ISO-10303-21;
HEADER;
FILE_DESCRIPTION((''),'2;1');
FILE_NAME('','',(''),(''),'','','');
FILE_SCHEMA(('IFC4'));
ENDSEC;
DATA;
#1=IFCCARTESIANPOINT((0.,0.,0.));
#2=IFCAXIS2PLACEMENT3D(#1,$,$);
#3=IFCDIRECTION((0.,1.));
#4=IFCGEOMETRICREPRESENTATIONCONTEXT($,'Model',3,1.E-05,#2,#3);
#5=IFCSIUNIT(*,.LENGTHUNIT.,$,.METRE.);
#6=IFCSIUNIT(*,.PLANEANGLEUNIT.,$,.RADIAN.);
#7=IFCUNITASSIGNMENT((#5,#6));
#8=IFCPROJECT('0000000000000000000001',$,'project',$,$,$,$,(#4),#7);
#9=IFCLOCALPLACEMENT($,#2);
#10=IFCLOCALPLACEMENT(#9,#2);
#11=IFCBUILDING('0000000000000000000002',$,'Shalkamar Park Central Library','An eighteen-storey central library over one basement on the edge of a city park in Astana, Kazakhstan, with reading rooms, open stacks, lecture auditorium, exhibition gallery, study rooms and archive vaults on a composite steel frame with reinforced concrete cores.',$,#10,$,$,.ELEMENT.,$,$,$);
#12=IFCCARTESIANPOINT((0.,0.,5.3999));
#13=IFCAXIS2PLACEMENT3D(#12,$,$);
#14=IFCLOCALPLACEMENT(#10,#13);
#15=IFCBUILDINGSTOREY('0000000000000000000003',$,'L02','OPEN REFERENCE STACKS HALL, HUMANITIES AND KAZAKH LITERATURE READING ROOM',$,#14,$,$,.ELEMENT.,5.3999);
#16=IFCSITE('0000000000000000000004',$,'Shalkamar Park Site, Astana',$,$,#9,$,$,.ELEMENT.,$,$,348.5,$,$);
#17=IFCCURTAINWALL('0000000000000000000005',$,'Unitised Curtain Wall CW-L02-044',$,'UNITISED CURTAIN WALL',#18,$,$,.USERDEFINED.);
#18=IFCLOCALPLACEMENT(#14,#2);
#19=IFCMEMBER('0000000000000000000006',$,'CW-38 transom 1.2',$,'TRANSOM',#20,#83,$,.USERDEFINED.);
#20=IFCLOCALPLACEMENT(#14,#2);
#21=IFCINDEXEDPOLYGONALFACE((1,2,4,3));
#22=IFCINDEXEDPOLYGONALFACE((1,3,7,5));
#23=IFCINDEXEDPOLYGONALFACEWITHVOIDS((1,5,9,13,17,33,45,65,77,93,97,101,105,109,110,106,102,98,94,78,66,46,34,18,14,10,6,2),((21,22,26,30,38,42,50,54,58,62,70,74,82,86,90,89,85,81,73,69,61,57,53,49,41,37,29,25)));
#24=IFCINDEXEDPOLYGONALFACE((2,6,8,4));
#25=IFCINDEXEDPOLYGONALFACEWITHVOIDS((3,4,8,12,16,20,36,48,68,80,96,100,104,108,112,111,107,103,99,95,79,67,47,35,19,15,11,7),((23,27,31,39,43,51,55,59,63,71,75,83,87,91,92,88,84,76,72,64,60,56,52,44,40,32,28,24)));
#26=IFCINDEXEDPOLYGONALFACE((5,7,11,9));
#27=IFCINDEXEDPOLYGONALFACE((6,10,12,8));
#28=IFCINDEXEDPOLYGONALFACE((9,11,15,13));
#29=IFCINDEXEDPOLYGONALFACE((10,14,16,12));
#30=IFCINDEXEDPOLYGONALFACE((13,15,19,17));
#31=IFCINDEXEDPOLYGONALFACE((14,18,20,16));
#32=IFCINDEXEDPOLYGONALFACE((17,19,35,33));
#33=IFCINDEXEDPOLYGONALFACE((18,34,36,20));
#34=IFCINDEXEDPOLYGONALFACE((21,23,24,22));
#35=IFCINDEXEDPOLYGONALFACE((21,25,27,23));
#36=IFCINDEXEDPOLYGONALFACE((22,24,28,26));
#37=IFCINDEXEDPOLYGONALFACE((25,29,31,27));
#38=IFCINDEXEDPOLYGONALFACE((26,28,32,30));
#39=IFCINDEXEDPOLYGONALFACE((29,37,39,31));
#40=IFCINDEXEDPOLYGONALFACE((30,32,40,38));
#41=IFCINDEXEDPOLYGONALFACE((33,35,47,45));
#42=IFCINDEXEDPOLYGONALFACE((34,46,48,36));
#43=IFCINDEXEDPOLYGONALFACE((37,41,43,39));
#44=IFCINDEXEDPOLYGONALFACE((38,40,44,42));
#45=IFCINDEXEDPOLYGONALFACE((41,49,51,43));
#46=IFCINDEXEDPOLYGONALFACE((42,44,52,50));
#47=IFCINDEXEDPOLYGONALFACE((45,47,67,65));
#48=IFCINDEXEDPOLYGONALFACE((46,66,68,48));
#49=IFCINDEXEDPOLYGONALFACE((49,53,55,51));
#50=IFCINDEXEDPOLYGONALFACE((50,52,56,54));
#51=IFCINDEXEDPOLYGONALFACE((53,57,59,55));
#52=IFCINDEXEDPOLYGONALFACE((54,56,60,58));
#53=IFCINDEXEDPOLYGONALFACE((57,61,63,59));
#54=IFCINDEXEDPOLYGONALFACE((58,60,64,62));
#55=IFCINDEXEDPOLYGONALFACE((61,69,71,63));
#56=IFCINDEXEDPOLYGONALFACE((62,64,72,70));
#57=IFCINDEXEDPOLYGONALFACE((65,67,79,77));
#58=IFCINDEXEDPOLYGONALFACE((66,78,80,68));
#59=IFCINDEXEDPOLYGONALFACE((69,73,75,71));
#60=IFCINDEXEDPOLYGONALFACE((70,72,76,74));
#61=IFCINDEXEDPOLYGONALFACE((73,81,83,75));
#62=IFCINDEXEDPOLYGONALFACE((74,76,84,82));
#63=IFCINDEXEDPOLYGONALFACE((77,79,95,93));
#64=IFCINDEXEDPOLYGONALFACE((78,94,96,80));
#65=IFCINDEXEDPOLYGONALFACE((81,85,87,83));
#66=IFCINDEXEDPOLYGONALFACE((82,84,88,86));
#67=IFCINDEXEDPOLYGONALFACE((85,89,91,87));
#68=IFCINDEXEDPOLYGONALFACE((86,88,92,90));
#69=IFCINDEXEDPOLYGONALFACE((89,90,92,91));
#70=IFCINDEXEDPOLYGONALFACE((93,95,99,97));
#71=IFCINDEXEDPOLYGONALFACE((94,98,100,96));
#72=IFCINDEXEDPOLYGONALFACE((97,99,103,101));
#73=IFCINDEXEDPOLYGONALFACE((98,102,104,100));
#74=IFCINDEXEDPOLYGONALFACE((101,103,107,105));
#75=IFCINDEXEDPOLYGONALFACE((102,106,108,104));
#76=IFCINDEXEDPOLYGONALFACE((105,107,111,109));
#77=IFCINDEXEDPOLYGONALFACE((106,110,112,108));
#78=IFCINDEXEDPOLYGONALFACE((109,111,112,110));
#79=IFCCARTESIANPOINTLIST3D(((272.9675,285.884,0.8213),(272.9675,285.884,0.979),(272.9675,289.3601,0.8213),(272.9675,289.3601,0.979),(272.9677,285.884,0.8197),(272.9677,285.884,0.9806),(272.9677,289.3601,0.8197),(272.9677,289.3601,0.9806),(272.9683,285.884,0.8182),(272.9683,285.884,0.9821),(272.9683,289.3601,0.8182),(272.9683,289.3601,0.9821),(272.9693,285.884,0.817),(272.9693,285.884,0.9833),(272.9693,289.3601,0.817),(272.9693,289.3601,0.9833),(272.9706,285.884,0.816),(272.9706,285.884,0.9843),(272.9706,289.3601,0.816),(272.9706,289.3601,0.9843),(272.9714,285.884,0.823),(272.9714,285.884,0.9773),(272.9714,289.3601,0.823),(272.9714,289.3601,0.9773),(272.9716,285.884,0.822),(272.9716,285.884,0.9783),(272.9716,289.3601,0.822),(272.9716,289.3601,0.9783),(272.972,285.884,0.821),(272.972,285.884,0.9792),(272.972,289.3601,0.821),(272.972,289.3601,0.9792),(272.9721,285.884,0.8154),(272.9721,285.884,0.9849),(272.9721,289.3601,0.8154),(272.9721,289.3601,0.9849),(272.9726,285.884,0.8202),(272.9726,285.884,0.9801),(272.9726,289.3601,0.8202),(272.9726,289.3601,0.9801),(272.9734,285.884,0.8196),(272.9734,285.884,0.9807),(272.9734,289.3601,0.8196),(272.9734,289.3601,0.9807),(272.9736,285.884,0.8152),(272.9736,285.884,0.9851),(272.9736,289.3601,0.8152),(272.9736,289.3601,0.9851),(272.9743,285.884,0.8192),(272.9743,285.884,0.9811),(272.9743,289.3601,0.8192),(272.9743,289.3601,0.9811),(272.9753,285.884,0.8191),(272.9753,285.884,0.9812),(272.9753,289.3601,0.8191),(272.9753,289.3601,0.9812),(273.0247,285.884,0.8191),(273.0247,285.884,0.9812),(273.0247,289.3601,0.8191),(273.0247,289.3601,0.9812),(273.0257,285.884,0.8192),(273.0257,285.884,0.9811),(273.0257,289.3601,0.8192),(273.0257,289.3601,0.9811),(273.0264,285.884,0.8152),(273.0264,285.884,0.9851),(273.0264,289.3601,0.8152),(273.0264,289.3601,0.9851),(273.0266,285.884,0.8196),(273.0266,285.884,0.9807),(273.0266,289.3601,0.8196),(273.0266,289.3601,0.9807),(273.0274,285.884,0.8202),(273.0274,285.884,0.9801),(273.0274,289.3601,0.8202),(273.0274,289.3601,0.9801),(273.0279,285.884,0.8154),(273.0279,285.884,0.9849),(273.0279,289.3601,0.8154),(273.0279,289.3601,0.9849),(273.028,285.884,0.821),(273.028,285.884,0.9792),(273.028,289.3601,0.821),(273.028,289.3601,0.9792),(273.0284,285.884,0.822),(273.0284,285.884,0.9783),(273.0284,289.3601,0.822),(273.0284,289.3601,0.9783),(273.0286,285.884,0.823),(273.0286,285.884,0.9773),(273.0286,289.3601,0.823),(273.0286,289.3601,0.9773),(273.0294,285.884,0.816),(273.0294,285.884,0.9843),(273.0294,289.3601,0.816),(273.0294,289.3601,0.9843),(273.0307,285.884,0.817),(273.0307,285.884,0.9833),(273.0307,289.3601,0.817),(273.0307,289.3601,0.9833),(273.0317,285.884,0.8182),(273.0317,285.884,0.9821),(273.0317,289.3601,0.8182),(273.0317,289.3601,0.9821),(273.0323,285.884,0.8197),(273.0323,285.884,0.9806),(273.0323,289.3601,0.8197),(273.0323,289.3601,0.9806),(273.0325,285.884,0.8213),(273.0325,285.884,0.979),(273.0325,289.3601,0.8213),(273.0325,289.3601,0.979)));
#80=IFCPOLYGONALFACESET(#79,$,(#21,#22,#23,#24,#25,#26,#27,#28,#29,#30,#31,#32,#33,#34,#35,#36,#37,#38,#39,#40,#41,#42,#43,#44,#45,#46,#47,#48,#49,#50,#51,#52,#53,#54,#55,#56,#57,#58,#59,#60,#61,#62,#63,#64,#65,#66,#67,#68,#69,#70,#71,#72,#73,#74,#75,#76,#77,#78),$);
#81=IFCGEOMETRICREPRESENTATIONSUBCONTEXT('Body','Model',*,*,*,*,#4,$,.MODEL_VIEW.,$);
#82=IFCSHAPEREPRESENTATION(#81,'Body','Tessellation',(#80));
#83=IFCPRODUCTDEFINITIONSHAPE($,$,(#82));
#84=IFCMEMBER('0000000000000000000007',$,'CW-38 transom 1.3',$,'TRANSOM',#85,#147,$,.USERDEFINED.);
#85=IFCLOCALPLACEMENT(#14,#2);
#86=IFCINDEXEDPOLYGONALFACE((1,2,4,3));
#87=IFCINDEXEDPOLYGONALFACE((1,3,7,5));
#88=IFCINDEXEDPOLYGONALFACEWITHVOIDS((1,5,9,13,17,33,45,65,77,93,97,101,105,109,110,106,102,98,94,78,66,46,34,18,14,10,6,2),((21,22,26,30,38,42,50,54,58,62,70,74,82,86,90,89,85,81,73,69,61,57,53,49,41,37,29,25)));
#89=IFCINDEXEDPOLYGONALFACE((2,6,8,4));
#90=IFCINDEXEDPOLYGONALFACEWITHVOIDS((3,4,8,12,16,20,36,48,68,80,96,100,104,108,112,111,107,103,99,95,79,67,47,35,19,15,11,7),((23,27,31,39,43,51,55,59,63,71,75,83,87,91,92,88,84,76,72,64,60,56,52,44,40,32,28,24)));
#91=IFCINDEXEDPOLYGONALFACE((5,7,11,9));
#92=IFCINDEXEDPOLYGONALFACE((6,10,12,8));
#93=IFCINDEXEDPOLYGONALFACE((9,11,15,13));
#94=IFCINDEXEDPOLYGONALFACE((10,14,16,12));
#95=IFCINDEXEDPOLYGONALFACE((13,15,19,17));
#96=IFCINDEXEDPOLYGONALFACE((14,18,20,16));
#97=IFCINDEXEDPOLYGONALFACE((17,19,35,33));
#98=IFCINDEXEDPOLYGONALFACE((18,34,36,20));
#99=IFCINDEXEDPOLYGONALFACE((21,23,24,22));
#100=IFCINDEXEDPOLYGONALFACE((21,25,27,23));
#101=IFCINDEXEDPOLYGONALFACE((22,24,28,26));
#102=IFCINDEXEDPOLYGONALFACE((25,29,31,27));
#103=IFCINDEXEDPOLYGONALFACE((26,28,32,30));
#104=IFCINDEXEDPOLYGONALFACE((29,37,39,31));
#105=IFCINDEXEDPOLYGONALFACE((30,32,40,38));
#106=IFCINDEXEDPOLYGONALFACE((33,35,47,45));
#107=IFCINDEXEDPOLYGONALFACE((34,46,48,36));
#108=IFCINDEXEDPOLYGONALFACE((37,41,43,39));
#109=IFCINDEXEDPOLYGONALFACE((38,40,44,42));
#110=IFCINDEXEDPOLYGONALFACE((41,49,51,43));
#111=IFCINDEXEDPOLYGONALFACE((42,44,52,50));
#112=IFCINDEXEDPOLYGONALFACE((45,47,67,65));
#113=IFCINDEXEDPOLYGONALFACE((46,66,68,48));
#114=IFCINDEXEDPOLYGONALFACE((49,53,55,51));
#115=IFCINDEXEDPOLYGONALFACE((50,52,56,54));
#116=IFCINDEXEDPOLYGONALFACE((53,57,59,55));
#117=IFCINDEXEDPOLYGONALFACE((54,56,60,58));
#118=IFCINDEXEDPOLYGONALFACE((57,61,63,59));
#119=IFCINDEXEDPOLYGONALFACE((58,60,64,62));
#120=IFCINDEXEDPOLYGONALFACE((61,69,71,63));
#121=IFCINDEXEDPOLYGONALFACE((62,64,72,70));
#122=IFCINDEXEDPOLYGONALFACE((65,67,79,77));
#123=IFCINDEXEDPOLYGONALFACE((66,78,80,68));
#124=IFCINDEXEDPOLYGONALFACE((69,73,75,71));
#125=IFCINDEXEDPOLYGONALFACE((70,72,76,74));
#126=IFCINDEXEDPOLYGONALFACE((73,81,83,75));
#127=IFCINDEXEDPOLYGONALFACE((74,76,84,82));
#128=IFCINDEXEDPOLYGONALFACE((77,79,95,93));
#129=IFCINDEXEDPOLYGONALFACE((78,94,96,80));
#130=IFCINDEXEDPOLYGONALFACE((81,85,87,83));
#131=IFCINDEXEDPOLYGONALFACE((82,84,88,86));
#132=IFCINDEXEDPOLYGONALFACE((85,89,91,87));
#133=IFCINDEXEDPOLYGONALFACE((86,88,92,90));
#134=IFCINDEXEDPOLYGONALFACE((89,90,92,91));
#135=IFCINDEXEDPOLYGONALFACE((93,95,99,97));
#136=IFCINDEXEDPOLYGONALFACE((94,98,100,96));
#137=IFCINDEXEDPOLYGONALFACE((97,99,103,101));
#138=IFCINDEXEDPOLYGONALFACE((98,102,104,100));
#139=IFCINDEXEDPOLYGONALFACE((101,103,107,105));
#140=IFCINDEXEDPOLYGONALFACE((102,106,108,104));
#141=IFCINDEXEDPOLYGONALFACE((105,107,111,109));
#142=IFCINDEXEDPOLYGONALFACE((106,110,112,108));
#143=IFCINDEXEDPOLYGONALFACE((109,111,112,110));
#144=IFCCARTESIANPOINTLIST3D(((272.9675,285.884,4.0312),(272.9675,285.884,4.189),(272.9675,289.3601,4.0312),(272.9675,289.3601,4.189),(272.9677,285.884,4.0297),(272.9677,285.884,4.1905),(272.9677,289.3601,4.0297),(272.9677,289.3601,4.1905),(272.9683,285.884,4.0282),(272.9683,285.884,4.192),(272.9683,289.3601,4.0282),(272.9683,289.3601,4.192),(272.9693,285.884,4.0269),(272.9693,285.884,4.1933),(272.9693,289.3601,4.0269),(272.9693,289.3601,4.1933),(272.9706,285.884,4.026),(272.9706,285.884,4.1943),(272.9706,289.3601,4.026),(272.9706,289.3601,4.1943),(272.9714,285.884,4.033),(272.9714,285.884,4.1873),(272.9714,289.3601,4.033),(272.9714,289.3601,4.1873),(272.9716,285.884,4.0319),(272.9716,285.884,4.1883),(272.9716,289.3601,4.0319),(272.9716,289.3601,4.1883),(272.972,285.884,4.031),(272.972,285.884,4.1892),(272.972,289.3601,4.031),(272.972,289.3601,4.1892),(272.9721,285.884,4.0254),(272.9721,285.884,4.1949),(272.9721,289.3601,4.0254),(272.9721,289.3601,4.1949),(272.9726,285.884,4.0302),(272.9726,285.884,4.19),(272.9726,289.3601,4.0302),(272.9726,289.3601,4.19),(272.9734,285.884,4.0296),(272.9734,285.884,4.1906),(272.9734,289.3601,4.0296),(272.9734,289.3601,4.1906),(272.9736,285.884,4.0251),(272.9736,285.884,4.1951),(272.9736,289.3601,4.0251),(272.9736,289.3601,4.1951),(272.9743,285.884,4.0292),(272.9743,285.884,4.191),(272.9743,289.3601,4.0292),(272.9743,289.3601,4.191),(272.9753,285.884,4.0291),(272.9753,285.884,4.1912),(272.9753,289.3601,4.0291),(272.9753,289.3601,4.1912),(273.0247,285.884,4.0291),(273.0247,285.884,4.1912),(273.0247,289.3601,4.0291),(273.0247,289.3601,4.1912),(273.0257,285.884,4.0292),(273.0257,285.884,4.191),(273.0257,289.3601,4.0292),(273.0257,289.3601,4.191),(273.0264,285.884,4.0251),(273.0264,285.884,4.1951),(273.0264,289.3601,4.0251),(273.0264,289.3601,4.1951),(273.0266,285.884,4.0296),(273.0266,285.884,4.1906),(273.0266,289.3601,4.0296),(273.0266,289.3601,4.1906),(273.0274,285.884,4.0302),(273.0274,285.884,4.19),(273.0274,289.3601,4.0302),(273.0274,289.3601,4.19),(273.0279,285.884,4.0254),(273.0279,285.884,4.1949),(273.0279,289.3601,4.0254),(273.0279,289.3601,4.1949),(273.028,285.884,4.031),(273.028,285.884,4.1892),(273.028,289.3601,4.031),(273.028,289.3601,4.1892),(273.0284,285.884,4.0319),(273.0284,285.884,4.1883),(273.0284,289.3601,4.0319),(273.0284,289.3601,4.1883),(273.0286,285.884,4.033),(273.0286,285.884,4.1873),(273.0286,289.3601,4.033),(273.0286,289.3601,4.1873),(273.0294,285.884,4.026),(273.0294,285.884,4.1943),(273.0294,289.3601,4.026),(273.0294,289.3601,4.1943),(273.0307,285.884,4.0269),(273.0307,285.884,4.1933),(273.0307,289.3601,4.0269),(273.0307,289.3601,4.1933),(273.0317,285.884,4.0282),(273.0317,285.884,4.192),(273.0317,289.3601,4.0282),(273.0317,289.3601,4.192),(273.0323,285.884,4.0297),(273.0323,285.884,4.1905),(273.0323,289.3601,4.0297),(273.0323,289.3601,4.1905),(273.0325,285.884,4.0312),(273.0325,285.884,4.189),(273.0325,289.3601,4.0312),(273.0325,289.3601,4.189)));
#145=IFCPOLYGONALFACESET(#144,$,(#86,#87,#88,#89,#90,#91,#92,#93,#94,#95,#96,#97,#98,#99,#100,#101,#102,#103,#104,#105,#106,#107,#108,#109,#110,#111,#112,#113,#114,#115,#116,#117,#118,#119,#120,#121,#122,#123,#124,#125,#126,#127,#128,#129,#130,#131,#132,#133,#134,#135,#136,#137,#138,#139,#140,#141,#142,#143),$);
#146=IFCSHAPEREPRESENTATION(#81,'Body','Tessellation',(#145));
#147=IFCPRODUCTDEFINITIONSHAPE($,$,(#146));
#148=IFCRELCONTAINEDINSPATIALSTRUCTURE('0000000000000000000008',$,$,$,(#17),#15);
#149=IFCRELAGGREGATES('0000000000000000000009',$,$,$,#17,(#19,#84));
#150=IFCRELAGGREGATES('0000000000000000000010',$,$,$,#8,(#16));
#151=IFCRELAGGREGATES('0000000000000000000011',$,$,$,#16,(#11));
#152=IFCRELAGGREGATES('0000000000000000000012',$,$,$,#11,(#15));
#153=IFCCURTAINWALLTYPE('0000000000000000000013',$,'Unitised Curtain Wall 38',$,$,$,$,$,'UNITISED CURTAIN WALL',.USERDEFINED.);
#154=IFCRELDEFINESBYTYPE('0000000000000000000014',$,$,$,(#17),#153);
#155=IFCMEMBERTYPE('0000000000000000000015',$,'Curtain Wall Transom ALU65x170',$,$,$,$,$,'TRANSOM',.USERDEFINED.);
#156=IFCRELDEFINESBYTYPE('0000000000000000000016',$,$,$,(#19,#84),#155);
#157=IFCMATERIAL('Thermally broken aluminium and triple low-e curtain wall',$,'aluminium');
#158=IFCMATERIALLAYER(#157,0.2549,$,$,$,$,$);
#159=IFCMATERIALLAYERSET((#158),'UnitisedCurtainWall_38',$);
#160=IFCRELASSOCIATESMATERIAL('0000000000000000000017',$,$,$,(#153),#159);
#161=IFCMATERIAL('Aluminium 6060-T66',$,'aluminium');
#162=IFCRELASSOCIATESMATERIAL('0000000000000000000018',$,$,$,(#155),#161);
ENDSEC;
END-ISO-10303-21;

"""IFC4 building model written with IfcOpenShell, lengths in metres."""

from ifc_helpers import new_model, si_unit, direction, frame, origin, origin_2d, place, context, subcontext, project, spatial, hollow_rectangle, extrude, material, layer, layer_set, material_profile, profile_set, type_object, element, aggregate, save


model = new_model("IFC4")

# Units and contexts
model_context = context("Model", 3, precision=1e-05, world=origin(), true_north=direction((0.0, 1.0)))
body_context = subcontext(model_context, "Body", "Model", "MODEL_VIEW")
ifc_project = project(units=[si_unit("LENGTHUNIT", "METRE"), si_unit("PLANEANGLEUNIT", "RADIAN")], contexts=[model_context])

# Site, building, storey
site_placement = place(None, origin())
site = spatial("IfcSite", under=ifc_project, at=site_placement, Name="Shalkamar Park Site, Astana", CompositionType="ELEMENT", RefElevation=348.5)
building_placement = place(site_placement, origin())
building = spatial("IfcBuilding", under=site, at=building_placement, Name="Shalkamar Park Central Library", Description="An eighteen-storey central library over one basement on the edge of a city park in Astana, Kazakhstan, with reading rooms, open stacks, lecture auditorium, exhibition gallery, study rooms and archive vaults on a composite steel frame with reinforced concrete cores.", CompositionType="ELEMENT")
storey_placement = place(building_placement, frame((0.0, 0.0, 5.3999)))
storey = spatial("IfcBuildingStorey", under=building, at=storey_placement, Name="L02", Description="OPEN REFERENCE STACKS HALL, HUMANITIES AND KAZAKH LITERATURE READING ROOM", CompositionType="ELEMENT", Elevation=5.3999)

# Shared definitions
ifc_material_1 = material(Name="Thermally broken aluminium and triple low-e curtain wall", Category="aluminium")
ifc_material_2 = material(Name="Aluminium 6060-T66", Category="aluminium")

# Curtain wall, members
ifc_layer_1 = layer(ifc_material_1, 0.2549)
ifc_layer_set_1 = layer_set([ifc_layer_1], Name="UnitisedCurtainWall_38")
curtain_wall_type_1 = type_object("IfcCurtainWallType", Name="Unitised Curtain Wall 38", ElementType="UNITISED CURTAIN WALL", PredefinedType="USERDEFINED", material=ifc_layer_set_1)
curtain_wall_1_placement = place(storey_placement, origin())
curtain_wall_1 = element("IfcCurtainWall", 1, at=curtain_wall_1_placement, inside=storey, type_object=curtain_wall_type_1, Name="Unitised Curtain Wall CW-L02-044", ObjectType="UNITISED CURTAIN WALL", PredefinedType="USERDEFINED")
ifc_material_profile_1 = material_profile(ifc_material_2, hollow_rectangle(XDim=0.0649, YDim=0.1699, WallThickness=0.0039, InnerFilletRadius=0.0039, OuterFilletRadius=0.0061, at=origin_2d()), Name="ALU 65x170x4")
ifc_profile_set_1 = profile_set([ifc_material_profile_1], Name="Aluminium 6060-T66")
member_type_1 = type_object("IfcMemberType", Name="Curtain Wall Transom ALU65x170", ElementType="TRANSOM", PredefinedType="USERDEFINED", material=ifc_profile_set_1)
member_1_placement = place(storey_placement, frame((273.0, 285.884, 0.9001), z_axis=(0.0, 1.0, 0.0), x_axis=(-1.0, 0.0, 0.0)))
member_1 = element("IfcMember", 2, at=member_1_placement, type_object=member_type_1, Name="CW-38 transom 1.2", ObjectType="TRANSOM", PredefinedType="USERDEFINED", context=body_context, shape_type="SweptSolid", body=[
    extrude(hollow_rectangle(XDim=0.0649, YDim=0.1699, WallThickness=0.0039, InnerFilletRadius=0.0039, OuterFilletRadius=0.0061, at=origin_2d()), origin(), (0.0, 0.0, 1.0), 3.4761),
])
member_2_placement = place(storey_placement, frame((273.0, 285.884, 4.1101), z_axis=(0.0, 1.0, 0.0), x_axis=(-1.0, 0.0, 0.0)))
member_2 = element("IfcMember", 3, at=member_2_placement, type_object=member_type_1, Name="CW-38 transom 1.3", ObjectType="TRANSOM", PredefinedType="USERDEFINED", context=body_context, shape_type="SweptSolid", body=[
    extrude(hollow_rectangle(XDim=0.0649, YDim=0.1699, WallThickness=0.0039, InnerFilletRadius=0.0039, OuterFilletRadius=0.0061, at=origin_2d()), origin(), (0.0, 0.0, 1.0), 3.4761),
])

aggregate(curtain_wall_1, [member_1, member_2])

save(model, "model.ifc")
